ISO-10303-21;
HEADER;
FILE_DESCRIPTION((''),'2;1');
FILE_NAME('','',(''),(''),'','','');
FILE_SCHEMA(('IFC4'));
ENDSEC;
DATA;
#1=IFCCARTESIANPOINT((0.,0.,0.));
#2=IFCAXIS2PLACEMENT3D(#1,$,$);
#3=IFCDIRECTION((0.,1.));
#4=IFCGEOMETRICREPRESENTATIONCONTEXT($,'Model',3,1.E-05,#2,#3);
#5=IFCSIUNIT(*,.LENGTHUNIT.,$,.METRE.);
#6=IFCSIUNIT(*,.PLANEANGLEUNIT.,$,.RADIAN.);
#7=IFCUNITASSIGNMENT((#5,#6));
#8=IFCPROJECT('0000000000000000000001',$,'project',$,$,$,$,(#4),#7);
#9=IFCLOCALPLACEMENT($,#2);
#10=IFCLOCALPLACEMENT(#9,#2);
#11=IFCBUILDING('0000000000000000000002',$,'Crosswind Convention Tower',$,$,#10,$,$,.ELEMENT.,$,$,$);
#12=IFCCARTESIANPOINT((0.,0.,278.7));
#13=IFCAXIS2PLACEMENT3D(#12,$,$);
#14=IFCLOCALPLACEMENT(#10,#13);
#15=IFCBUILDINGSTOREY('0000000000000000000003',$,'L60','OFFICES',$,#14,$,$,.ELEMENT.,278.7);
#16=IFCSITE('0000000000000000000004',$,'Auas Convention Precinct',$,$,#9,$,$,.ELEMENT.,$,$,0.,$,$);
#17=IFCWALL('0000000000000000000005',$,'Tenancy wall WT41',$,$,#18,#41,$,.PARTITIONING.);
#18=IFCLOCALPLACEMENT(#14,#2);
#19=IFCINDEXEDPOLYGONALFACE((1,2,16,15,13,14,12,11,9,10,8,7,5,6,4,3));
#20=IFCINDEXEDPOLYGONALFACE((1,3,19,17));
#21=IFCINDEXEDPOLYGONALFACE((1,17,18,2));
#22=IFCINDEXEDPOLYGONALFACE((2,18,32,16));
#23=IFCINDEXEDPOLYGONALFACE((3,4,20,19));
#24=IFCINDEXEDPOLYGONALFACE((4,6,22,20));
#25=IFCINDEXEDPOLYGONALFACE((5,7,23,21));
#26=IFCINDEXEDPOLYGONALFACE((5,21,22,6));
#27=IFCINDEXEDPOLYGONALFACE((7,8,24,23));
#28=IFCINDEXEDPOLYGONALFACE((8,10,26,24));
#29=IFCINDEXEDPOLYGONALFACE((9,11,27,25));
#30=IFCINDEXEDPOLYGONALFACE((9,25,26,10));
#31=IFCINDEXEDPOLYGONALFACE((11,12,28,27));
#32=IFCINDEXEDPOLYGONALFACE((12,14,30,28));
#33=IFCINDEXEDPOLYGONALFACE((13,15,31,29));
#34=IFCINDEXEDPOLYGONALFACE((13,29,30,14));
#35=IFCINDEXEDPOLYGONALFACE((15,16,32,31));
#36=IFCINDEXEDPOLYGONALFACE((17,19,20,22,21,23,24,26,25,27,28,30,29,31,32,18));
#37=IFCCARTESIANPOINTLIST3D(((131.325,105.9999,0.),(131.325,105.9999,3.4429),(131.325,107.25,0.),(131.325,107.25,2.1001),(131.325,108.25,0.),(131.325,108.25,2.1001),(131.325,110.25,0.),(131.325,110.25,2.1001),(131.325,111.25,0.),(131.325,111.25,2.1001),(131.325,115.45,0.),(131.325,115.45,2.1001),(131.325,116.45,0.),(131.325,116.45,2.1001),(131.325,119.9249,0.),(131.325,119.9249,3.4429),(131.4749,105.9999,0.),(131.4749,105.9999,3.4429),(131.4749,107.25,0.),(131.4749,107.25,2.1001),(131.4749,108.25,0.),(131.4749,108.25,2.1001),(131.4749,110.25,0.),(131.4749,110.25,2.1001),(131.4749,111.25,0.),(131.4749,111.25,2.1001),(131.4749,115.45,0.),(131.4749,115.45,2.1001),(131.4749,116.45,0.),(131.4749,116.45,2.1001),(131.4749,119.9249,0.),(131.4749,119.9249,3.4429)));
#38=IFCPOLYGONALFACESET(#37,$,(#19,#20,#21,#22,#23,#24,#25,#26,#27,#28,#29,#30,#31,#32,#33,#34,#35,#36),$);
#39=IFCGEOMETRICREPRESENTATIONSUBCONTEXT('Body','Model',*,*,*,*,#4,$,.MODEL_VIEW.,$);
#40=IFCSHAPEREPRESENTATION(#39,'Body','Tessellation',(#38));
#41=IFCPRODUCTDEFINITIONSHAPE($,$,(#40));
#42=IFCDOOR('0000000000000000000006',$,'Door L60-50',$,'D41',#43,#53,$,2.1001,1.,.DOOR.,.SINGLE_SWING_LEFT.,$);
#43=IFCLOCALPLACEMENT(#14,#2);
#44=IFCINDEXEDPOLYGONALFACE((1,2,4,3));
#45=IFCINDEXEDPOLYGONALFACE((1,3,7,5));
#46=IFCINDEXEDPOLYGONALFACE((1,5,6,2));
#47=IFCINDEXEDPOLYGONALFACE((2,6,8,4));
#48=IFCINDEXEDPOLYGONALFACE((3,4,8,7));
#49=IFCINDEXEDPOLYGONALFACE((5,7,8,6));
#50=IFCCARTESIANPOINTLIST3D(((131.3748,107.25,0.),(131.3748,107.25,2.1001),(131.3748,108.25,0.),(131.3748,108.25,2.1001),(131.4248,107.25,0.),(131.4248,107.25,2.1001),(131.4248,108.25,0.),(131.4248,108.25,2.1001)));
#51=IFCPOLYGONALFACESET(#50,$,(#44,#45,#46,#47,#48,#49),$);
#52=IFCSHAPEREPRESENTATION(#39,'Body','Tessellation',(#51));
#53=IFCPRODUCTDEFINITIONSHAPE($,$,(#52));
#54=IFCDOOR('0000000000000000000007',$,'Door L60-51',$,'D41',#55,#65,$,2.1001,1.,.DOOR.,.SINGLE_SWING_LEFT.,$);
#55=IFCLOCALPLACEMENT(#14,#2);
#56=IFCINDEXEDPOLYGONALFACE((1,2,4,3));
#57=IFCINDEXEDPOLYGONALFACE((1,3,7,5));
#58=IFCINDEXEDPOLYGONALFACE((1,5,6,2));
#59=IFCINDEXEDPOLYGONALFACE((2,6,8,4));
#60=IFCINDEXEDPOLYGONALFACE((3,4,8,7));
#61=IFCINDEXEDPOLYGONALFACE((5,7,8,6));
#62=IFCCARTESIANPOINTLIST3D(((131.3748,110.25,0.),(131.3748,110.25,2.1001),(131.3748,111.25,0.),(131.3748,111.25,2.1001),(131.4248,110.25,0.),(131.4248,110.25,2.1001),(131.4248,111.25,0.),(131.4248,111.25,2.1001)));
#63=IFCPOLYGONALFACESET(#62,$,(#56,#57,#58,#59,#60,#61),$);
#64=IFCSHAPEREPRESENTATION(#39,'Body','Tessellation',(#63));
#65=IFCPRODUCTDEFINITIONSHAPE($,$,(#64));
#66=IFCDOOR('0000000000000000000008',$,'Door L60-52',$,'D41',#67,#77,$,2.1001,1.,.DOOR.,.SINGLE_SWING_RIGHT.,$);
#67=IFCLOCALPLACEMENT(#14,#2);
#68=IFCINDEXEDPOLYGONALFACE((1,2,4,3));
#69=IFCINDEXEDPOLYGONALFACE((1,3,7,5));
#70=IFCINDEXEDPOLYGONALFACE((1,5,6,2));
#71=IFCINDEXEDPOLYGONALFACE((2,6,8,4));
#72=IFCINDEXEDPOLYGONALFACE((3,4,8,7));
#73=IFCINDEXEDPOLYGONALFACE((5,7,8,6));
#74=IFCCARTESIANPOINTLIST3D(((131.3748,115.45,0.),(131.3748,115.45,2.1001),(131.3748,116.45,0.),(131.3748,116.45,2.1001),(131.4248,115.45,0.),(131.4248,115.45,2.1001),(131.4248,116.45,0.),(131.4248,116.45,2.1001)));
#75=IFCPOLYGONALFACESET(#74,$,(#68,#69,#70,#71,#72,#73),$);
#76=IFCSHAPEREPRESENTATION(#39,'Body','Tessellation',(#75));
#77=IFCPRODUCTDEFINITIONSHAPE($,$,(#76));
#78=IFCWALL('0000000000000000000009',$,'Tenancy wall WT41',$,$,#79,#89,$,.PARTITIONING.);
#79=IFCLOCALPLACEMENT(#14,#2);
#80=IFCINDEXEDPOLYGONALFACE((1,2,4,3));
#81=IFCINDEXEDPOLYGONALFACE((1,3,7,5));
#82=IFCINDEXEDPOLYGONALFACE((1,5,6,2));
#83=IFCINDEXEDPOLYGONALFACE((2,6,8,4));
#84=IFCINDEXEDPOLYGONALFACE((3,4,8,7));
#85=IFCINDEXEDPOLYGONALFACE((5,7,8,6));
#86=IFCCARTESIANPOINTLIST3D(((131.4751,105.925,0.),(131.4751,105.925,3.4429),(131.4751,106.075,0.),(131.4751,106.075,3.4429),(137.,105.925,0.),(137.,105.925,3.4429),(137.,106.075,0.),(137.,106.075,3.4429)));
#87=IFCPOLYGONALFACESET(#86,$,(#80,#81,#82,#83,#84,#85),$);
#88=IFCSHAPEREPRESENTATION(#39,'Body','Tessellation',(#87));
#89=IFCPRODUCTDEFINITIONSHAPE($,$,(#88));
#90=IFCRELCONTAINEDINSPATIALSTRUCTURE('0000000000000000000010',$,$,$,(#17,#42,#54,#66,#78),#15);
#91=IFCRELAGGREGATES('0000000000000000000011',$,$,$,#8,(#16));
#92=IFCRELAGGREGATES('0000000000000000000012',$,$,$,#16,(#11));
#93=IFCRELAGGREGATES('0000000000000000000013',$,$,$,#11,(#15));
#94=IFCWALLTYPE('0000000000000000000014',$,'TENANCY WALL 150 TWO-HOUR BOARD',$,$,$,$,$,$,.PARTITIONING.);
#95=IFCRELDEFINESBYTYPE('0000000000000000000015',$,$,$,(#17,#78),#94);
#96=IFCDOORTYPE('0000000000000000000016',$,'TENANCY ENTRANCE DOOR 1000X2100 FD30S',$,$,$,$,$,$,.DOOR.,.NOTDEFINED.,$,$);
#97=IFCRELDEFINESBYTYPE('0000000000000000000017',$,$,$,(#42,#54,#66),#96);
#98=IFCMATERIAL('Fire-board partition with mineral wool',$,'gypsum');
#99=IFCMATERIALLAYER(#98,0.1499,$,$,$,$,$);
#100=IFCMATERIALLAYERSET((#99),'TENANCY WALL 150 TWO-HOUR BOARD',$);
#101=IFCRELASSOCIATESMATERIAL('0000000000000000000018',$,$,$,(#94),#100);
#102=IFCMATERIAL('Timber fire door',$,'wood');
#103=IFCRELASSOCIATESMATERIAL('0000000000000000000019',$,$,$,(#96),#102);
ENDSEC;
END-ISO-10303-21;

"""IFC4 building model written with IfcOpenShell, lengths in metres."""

from ifc_helpers import new_model, si_unit, direction, frame, frame_2d, origin, place, context, subcontext, project, spatial, rectangle, extrude, material, layer, layer_set, type_object, element, fill, save


model = new_model("IFC4")

# Units and contexts
model_context = context("Model", 3, precision=1e-05, world=origin(), true_north=direction((0.0, 1.0)))
body_context = subcontext(model_context, "Body", "Model", "MODEL_VIEW")
ifc_project = project(units=[si_unit("LENGTHUNIT", "METRE"), si_unit("PLANEANGLEUNIT", "RADIAN")], contexts=[model_context])

# Site, building, storey
site_placement = place(None, origin())
site = spatial("IfcSite", under=ifc_project, at=site_placement, Name="Auas Convention Precinct", CompositionType="ELEMENT", RefElevation=0.0)
building_placement = place(site_placement, origin())
building = spatial("IfcBuilding", under=site, at=building_placement, Name="Crosswind Convention Tower", CompositionType="ELEMENT")
storey_placement = place(building_placement, frame((0.0, 0.0, 278.7)))
storey = spatial("IfcBuildingStorey", under=building, at=storey_placement, Name="L60", Description="OFFICES", CompositionType="ELEMENT", Elevation=278.7)

# Shared definitions
ifc_material_1 = material(Name="Fire-board partition with mineral wool", Category="gypsum")
ifc_layer_1 = layer(ifc_material_1, 0.1499)
ifc_layer_set_1 = layer_set([ifc_layer_1], Name="TENANCY WALL 150 TWO-HOUR BOARD")
wall_type_1 = type_object("IfcWallType", Name="TENANCY WALL 150 TWO-HOUR BOARD", PredefinedType="PARTITIONING", material=ifc_layer_set_1)

# Wall, openings, doors
wall_1_placement = place(storey_placement, frame((131.3999, 106.0, 0.0), z_axis=(0.0, 0.0, 1.0), x_axis=(0.0, 1.0, 0.0)))
wall_1 = element("IfcWall", 1, at=wall_1_placement, inside=storey, type_object=wall_type_1, Name="Tenancy wall WT41", PredefinedType="PARTITIONING", context=body_context, shape_type="SweptSolid", body=[
    extrude(rectangle(XDim=13.925, YDim=0.1499, at=frame_2d((6.9624, 0.0))), origin(), (0.0, 0.0, 1.0), 3.4429),
])
opening_1_placement = place(wall_1_placement, frame((1.25, 0.0, 0.0)))
opening_1 = element("IfcOpeningElement", 2, at=opening_1_placement, cuts=wall_1, PredefinedType="OPENING", context=body_context, shape_type="SweptSolid", body=[
    extrude(rectangle(XDim=1.0, YDim=2.1001, at=frame_2d((0.5, 1.05))), frame((0.0, 0.085, 0.0), z_axis=(0.0, -1.0, 0.0), x_axis=(1.0, 0.0, 0.0)), (0.0, 0.0, 1.0), 0.1699),
])
opening_2_placement = place(wall_1_placement, frame((4.25, 0.0, 0.0)))
opening_2 = element("IfcOpeningElement", 3, at=opening_2_placement, cuts=wall_1, PredefinedType="OPENING", context=body_context, shape_type="SweptSolid", body=[
    extrude(rectangle(XDim=1.0, YDim=2.1001, at=frame_2d((0.5, 1.05))), frame((0.0, 0.085, 0.0), z_axis=(0.0, -1.0, 0.0), x_axis=(1.0, 0.0, 0.0)), (0.0, 0.0, 1.0), 0.1699),
])
opening_3_placement = place(wall_1_placement, frame((9.45, 0.0, 0.0)))
opening_3 = element("IfcOpeningElement", 4, at=opening_3_placement, cuts=wall_1, PredefinedType="OPENING", context=body_context, shape_type="SweptSolid", body=[
    extrude(rectangle(XDim=1.0, YDim=2.1001, at=frame_2d((0.5, 1.05))), frame((0.0, 0.085, 0.0), z_axis=(0.0, -1.0, 0.0), x_axis=(1.0, 0.0, 0.0)), (0.0, 0.0, 1.0), 0.1699),
])
ifc_material_2 = material(Name="Timber fire door", Category="wood")
door_type = type_object("IfcDoorType", Name="TENANCY ENTRANCE DOOR 1000X2100 FD30S", OperationType="NOTDEFINED", PredefinedType="DOOR", material=ifc_material_2)
door_1_placement = place(opening_1_placement, frame((1.0, 0.0, 0.0), z_axis=(0.0, 0.0, 1.0), x_axis=(-1.0, 0.0, 0.0)))
door_1 = element("IfcDoor", 5, at=door_1_placement, inside=storey, type_object=door_type, Name="Door L60-50", ObjectType="D41", OperationType="SINGLE_SWING_LEFT", OverallHeight=2.1001, OverallWidth=1.0, PredefinedType="DOOR", context=body_context, shape_type="SweptSolid", body=[
    extrude(rectangle(XDim=1.0, YDim=2.1001, at=frame_2d((0.5, 1.05))), frame((0.0, 0.0249, 0.0), z_axis=(0.0, -1.0, 0.0), x_axis=(1.0, 0.0, 0.0)), (0.0, 0.0, 1.0), 0.05),
])
fill(opening_1, door_1)
door_2_placement = place(opening_2_placement, frame((1.0, 0.0, 0.0), z_axis=(0.0, 0.0, 1.0), x_axis=(-1.0, 0.0, 0.0)))
door_2 = element("IfcDoor", 6, at=door_2_placement, inside=storey, type_object=door_type, Name="Door L60-51", ObjectType="D41", OperationType="SINGLE_SWING_LEFT", OverallHeight=2.1001, OverallWidth=1.0, PredefinedType="DOOR", context=body_context, shape_type="SweptSolid", body=[
    extrude(rectangle(XDim=1.0, YDim=2.1001, at=frame_2d((0.5, 1.05))), frame((0.0, 0.0249, 0.0), z_axis=(0.0, -1.0, 0.0), x_axis=(1.0, 0.0, 0.0)), (0.0, 0.0, 1.0), 0.05),
])
fill(opening_2, door_2)
door_3_placement = place(opening_3_placement, frame((1.0, 0.0, 0.0), z_axis=(0.0, 0.0, 1.0), x_axis=(-1.0, 0.0, 0.0)))
door_3 = element("IfcDoor", 7, at=door_3_placement, inside=storey, type_object=door_type, Name="Door L60-52", ObjectType="D41", OperationType="SINGLE_SWING_RIGHT", OverallHeight=2.1001, OverallWidth=1.0, PredefinedType="DOOR", context=body_context, shape_type="SweptSolid", body=[
    extrude(rectangle(XDim=1.0, YDim=2.1001, at=frame_2d((0.5, 1.05))), frame((0.0, 0.0249, 0.0), z_axis=(0.0, -1.0, 0.0), x_axis=(1.0, 0.0, 0.0)), (0.0, 0.0, 1.0), 0.05),
])
fill(opening_3, door_3)

# Wall
wall_2_placement = place(storey_placement, frame((131.4751, 106.0, 0.0), z_axis=(0.0, 0.0, 1.0), x_axis=(1.0, 0.0, 0.0)))
element("IfcWall", 8, at=wall_2_placement, inside=storey, type_object=wall_type_1, Name="Tenancy wall WT41", PredefinedType="PARTITIONING", context=body_context, shape_type="SweptSolid", body=[
    extrude(rectangle(XDim=5.5249, YDim=0.1499, at=frame_2d((2.7625, 0.0))), origin(), (0.0, 0.0, 1.0), 3.4429),
])

save(model, "model.ifc")
